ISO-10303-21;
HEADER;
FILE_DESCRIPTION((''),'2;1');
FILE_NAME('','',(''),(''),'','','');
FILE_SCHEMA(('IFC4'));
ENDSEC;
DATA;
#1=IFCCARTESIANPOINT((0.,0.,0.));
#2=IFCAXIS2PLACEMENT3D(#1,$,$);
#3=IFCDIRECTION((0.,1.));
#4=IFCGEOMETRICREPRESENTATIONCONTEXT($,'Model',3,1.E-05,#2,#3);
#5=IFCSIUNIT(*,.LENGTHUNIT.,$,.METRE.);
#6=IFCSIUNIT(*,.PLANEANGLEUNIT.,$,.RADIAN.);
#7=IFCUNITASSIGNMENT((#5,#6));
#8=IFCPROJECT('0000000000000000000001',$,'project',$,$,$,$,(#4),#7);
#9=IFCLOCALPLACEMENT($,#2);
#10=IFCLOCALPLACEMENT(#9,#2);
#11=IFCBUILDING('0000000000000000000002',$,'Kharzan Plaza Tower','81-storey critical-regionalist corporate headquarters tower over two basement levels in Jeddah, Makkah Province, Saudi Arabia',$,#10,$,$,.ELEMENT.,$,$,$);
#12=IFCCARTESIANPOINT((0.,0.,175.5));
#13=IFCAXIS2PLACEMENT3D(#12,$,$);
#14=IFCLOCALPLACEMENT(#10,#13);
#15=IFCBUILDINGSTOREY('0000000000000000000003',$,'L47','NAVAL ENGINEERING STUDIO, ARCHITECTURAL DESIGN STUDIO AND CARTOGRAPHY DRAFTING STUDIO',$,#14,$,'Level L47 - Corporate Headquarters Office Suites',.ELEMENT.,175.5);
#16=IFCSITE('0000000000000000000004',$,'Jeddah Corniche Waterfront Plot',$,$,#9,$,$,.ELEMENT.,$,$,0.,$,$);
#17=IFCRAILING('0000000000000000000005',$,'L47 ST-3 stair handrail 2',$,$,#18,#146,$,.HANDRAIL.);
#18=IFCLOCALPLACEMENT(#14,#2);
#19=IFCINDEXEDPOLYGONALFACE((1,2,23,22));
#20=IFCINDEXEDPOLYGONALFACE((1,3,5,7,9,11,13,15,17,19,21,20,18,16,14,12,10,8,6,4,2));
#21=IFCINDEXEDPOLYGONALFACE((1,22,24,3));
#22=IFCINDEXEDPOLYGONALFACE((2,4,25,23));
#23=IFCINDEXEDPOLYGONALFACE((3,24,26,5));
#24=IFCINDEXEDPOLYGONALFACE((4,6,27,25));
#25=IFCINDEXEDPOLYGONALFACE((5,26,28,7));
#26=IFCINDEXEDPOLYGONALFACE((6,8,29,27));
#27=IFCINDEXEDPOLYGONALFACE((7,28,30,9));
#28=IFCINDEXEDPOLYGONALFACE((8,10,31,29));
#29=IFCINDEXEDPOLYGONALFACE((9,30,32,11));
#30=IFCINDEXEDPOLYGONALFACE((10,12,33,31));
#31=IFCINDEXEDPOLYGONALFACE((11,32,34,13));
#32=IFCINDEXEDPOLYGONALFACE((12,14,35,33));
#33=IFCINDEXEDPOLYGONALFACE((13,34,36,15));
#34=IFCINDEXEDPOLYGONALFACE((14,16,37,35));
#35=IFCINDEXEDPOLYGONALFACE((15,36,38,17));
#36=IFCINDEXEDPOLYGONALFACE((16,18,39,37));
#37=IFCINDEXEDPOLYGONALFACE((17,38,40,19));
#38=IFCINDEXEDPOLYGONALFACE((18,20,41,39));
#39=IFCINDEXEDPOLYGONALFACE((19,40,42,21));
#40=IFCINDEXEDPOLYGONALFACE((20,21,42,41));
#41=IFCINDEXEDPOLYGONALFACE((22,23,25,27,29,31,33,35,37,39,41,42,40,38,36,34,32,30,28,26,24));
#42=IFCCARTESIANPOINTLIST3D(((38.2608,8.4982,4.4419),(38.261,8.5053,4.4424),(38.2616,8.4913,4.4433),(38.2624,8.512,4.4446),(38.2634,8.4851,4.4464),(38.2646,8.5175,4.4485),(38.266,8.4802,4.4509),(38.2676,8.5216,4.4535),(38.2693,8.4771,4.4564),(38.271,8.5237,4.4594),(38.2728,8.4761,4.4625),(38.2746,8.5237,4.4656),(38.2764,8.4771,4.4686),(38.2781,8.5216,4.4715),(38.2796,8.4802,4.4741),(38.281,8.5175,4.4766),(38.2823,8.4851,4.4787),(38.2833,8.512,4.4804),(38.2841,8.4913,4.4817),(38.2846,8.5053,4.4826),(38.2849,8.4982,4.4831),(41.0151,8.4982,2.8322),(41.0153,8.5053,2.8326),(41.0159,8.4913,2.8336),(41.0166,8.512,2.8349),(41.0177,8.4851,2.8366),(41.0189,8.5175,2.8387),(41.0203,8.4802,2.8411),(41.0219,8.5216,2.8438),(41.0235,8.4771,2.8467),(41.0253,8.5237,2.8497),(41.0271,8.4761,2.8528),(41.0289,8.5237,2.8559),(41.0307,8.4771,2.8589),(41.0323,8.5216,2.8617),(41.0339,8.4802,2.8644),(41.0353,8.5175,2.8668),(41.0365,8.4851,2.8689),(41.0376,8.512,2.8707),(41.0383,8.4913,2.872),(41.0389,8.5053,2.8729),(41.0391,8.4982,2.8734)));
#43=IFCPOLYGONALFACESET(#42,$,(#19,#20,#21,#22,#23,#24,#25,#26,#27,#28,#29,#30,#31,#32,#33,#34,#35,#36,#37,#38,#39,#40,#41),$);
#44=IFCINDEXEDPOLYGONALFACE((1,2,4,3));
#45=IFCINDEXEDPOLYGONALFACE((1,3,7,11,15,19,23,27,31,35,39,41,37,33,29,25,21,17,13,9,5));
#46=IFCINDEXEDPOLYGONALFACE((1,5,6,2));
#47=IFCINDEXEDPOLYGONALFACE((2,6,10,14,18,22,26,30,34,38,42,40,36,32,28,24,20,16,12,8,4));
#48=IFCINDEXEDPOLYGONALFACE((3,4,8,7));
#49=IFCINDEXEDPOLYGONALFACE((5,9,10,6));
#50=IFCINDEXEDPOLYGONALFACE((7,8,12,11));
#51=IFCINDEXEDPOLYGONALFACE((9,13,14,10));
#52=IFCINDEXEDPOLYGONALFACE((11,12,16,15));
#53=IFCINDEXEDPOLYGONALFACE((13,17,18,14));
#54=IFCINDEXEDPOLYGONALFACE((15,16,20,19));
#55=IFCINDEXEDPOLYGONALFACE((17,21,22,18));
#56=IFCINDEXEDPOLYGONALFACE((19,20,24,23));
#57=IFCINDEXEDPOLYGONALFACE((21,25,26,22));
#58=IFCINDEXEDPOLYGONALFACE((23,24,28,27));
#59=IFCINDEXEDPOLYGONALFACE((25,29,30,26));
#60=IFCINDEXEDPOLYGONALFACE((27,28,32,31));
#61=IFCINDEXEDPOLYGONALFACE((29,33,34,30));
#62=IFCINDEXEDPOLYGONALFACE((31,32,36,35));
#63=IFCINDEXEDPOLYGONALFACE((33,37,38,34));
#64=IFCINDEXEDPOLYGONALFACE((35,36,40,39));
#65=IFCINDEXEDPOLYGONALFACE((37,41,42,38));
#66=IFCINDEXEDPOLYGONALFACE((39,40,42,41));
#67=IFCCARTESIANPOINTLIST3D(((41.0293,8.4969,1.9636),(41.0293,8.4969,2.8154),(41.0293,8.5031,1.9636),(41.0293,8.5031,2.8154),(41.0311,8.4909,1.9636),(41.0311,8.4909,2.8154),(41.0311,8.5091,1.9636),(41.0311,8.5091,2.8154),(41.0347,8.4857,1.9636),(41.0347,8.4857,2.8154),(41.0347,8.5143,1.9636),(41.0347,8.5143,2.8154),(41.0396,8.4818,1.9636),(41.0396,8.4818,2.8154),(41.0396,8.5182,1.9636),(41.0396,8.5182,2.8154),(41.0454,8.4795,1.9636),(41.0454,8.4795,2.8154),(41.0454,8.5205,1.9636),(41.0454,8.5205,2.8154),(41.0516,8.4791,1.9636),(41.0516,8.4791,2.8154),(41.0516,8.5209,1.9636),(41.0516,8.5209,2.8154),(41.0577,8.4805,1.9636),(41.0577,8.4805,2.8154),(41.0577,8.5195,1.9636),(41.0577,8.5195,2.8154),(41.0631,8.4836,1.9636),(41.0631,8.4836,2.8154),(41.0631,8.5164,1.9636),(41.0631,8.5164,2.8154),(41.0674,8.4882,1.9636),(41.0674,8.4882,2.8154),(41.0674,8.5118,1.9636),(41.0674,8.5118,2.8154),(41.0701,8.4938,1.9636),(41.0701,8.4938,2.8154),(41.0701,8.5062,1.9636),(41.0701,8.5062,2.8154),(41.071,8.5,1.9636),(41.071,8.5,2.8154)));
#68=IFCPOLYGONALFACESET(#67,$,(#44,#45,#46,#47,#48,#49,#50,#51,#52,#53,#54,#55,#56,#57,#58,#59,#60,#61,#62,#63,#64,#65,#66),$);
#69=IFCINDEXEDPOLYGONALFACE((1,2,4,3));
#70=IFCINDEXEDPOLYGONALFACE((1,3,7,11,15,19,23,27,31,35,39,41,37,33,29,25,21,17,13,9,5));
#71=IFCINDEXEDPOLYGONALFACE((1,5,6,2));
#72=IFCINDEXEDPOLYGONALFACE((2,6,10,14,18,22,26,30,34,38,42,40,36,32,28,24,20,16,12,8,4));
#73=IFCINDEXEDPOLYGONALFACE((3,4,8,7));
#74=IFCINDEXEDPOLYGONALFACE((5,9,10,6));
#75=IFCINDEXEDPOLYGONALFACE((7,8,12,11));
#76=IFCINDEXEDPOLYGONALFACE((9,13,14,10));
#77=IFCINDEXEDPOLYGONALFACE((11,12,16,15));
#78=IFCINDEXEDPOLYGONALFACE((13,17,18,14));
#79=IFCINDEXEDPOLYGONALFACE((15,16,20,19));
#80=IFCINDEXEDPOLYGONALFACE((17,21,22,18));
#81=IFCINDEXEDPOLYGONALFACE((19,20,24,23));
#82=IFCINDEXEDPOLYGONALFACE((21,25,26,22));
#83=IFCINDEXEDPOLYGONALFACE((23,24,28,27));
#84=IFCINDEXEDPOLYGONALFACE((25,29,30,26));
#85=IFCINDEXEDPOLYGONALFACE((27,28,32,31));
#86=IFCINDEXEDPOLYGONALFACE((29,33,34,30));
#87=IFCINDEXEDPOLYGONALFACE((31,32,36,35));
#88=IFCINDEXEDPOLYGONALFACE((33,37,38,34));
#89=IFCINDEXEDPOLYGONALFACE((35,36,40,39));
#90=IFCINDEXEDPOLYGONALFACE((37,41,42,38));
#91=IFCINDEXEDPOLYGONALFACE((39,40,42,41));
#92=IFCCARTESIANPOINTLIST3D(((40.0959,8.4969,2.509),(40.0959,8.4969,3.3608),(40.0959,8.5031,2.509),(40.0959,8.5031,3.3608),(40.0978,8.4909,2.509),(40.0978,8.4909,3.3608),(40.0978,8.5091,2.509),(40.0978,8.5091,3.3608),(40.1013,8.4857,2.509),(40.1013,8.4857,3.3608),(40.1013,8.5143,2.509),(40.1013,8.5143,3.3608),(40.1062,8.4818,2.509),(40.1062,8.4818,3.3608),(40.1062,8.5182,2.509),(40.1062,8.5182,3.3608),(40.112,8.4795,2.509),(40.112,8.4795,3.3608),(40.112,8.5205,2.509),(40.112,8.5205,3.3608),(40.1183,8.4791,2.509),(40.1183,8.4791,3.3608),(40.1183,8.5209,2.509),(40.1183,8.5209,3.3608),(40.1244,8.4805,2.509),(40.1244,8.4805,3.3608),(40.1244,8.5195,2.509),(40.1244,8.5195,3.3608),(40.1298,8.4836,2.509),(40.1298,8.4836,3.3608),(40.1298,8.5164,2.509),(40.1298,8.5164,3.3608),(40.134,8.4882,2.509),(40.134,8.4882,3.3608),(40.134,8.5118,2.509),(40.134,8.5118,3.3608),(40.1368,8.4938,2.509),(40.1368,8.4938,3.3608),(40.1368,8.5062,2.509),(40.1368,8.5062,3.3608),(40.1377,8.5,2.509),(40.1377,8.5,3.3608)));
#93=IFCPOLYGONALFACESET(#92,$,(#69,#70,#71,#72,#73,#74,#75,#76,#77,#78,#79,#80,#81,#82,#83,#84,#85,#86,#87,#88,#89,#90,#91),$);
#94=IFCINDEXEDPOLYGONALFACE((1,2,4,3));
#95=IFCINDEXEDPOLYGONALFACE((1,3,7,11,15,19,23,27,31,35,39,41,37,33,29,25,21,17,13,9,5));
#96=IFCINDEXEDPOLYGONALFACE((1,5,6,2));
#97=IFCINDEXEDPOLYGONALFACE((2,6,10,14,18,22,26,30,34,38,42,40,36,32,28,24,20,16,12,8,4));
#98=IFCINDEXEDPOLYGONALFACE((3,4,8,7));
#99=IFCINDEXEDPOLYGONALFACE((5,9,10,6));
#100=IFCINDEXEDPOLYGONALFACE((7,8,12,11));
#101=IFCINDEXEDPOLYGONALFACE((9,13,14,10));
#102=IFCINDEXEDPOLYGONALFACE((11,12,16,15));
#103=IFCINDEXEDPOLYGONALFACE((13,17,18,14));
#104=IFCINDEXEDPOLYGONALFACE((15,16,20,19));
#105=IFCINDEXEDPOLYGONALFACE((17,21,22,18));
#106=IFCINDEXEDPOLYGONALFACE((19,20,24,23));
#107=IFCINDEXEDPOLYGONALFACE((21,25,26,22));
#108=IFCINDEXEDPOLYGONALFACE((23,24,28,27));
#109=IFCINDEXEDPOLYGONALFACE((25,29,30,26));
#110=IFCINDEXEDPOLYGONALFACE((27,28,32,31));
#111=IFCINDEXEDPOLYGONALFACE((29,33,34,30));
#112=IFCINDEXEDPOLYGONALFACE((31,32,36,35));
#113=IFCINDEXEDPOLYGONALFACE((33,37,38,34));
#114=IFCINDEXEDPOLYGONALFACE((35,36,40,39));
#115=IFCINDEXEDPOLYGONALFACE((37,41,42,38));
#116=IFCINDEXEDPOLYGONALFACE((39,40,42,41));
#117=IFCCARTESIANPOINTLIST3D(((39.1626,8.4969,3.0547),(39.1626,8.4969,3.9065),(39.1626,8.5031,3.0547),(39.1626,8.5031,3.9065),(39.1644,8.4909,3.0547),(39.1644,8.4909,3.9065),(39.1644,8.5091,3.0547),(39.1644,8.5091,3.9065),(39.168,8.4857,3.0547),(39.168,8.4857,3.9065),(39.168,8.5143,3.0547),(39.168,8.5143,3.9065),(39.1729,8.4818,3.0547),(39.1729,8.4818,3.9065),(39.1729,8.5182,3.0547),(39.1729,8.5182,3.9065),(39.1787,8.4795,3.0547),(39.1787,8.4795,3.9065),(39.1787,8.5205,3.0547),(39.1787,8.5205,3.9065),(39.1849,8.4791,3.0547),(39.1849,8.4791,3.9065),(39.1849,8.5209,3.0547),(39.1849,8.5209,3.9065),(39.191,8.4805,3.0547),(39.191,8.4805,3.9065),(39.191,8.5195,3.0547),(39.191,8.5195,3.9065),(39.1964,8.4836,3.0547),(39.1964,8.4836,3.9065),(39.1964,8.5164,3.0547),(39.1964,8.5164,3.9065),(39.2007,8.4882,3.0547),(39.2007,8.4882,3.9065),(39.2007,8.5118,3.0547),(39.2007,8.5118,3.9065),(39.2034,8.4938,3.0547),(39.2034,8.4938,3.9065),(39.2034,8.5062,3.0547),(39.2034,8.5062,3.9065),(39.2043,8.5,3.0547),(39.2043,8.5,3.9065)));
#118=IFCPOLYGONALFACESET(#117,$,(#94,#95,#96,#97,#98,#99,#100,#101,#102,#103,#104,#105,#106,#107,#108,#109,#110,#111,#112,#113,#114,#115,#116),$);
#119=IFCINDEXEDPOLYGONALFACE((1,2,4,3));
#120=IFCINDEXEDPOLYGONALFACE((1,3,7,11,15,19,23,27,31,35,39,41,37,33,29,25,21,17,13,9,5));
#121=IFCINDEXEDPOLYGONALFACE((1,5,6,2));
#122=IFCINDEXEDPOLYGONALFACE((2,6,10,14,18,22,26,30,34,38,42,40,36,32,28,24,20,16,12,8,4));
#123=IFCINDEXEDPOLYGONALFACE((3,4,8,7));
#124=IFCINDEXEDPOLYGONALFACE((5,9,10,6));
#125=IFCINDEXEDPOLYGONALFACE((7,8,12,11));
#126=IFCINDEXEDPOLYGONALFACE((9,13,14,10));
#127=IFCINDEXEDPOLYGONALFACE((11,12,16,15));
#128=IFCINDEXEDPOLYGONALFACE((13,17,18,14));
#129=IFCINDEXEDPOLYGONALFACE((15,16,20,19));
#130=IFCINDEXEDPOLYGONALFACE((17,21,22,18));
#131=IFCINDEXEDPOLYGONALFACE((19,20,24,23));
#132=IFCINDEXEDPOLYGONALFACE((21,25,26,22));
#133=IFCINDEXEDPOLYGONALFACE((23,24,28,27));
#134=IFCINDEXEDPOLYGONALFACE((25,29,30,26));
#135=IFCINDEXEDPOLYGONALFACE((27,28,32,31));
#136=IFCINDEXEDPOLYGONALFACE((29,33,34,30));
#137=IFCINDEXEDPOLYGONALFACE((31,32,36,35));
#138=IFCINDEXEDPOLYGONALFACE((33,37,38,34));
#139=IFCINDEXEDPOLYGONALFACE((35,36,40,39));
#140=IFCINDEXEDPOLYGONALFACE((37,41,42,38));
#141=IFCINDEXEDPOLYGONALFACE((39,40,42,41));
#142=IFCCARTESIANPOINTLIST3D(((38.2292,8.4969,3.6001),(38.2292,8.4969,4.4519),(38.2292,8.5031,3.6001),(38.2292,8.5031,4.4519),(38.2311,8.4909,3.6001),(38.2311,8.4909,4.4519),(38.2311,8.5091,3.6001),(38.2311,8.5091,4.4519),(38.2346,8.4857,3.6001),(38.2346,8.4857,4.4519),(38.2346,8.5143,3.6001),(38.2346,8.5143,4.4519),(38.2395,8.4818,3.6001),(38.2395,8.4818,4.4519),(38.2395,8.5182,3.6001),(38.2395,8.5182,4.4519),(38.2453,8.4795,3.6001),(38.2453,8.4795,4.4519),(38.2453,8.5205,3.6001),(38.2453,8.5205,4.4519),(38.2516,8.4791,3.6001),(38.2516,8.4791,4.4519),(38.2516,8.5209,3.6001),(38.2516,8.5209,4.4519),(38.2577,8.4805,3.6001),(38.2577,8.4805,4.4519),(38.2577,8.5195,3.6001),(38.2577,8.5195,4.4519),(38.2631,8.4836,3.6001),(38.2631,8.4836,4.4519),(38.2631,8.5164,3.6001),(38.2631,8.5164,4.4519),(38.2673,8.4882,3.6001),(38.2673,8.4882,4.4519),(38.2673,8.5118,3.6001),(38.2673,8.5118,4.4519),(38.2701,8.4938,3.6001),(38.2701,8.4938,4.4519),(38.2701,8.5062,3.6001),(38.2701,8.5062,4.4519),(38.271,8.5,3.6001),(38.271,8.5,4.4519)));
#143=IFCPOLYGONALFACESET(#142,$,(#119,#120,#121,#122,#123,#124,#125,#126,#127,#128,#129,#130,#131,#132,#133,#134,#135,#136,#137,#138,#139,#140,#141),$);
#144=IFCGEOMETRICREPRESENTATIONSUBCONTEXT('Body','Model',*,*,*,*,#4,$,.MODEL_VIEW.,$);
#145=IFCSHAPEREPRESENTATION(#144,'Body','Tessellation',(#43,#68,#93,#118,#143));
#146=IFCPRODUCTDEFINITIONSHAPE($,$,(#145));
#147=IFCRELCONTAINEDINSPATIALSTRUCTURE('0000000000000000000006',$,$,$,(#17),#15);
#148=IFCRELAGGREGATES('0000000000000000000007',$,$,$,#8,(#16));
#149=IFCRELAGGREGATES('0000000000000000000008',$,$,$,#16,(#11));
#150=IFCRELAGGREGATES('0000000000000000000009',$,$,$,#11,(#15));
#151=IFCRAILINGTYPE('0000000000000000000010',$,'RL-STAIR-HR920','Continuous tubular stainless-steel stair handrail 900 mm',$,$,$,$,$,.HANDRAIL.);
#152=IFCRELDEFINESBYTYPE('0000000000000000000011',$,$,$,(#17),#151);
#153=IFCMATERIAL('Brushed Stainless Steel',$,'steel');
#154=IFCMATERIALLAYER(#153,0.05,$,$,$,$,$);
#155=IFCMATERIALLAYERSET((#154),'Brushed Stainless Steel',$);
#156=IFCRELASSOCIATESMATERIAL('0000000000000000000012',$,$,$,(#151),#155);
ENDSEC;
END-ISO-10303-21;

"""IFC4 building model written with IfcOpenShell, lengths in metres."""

from ifc_helpers import new_model, si_unit, direction, frame, origin, origin_2d, place, context, subcontext, project, spatial, circle, extrude, source, transform, mapped, material, layer, layer_set, type_object, element, save


model = new_model("IFC4")

# Units and contexts
model_context = context("Model", 3, precision=1e-05, world=origin(), true_north=direction((0.0, 1.0)))
body_context = subcontext(model_context, "Body", "Model", "MODEL_VIEW")
ifc_project = project(units=[si_unit("LENGTHUNIT", "METRE"), si_unit("PLANEANGLEUNIT", "RADIAN")], contexts=[model_context])

# Site, building, storey
site_placement = place(None, origin())
site = spatial("IfcSite", under=ifc_project, at=site_placement, Name="Jeddah Corniche Waterfront Plot", CompositionType="ELEMENT", RefElevation=0.0)
building_placement = place(site_placement, origin())
building = spatial("IfcBuilding", under=site, at=building_placement, Name="Kharzan Plaza Tower", Description="81-storey critical-regionalist corporate headquarters tower over two basement levels in Jeddah, Makkah Province, Saudi Arabia", CompositionType="ELEMENT")
storey_placement = place(building_placement, frame((0.0, 0.0, 175.5)))
storey = spatial("IfcBuildingStorey", under=building, at=storey_placement, Name="L47", Description="NAVAL ENGINEERING STUDIO, ARCHITECTURAL DESIGN STUDIO AND CARTOGRAPHY DRAFTING STUDIO", LongName="Level L47 - Corporate Headquarters Office Suites", CompositionType="ELEMENT", Elevation=175.5)

# Railing
ifc_material_1 = material(Name="Brushed Stainless Steel", Category="steel")
ifc_layer_1 = layer(ifc_material_1, 0.05)
ifc_layer_set_1 = layer_set([ifc_layer_1], Name="Brushed Stainless Steel")
railing_type_1 = type_object("IfcRailingType", Name="RL-STAIR-HR920", Description="Continuous tubular stainless-steel stair handrail 900 mm", PredefinedType="HANDRAIL", material=ifc_layer_set_1)
shared_shape_1 = source(origin(), body_context, "Body", "SweptSolid", [
    extrude(circle(Radius=0.0239, at=origin_2d()), frame((-0.0229, 0.0, 0.8892), z_axis=(-0.863361, 0.0, 0.504587), x_axis=(0.0, -1.0, 0.0)), (0.0, 0.0, 1.0), 3.1902),
    extrude(circle(Radius=0.021, at=origin_2d()), origin(), (0.0, 0.0, 1.0), 0.8518),
    extrude(circle(Radius=0.021, at=origin_2d()), frame((-0.9333, 0.0, 0.5454)), (0.0, 0.0, 1.0), 0.8518),
    extrude(circle(Radius=0.021, at=origin_2d()), frame((-1.8667, 0.0, 1.0911)), (0.0, 0.0, 1.0), 0.8518),
    extrude(circle(Radius=0.021, at=origin_2d()), frame((-2.8, 0.0, 1.6365)), (0.0, 0.0, 1.0), 0.8518),
])
railing_1_placement = place(storey_placement, frame((41.05, 8.5, 1.9636)))
element("IfcRailing", 1, at=railing_1_placement, inside=storey, type_object=railing_type_1, Name="L47 ST-3 stair handrail 2", PredefinedType="HANDRAIL", context=body_context, shape_type="MappedRepresentation", body=[
    mapped(shared_shape_1, transform((0.0, 0.0, 0.0), x_axis=(1.0, 0.0, 0.0), y_axis=(0.0, 1.0, 0.0), z_axis=(0.0, 0.0, 1.0))),
])

save(model, "model.ifc")
